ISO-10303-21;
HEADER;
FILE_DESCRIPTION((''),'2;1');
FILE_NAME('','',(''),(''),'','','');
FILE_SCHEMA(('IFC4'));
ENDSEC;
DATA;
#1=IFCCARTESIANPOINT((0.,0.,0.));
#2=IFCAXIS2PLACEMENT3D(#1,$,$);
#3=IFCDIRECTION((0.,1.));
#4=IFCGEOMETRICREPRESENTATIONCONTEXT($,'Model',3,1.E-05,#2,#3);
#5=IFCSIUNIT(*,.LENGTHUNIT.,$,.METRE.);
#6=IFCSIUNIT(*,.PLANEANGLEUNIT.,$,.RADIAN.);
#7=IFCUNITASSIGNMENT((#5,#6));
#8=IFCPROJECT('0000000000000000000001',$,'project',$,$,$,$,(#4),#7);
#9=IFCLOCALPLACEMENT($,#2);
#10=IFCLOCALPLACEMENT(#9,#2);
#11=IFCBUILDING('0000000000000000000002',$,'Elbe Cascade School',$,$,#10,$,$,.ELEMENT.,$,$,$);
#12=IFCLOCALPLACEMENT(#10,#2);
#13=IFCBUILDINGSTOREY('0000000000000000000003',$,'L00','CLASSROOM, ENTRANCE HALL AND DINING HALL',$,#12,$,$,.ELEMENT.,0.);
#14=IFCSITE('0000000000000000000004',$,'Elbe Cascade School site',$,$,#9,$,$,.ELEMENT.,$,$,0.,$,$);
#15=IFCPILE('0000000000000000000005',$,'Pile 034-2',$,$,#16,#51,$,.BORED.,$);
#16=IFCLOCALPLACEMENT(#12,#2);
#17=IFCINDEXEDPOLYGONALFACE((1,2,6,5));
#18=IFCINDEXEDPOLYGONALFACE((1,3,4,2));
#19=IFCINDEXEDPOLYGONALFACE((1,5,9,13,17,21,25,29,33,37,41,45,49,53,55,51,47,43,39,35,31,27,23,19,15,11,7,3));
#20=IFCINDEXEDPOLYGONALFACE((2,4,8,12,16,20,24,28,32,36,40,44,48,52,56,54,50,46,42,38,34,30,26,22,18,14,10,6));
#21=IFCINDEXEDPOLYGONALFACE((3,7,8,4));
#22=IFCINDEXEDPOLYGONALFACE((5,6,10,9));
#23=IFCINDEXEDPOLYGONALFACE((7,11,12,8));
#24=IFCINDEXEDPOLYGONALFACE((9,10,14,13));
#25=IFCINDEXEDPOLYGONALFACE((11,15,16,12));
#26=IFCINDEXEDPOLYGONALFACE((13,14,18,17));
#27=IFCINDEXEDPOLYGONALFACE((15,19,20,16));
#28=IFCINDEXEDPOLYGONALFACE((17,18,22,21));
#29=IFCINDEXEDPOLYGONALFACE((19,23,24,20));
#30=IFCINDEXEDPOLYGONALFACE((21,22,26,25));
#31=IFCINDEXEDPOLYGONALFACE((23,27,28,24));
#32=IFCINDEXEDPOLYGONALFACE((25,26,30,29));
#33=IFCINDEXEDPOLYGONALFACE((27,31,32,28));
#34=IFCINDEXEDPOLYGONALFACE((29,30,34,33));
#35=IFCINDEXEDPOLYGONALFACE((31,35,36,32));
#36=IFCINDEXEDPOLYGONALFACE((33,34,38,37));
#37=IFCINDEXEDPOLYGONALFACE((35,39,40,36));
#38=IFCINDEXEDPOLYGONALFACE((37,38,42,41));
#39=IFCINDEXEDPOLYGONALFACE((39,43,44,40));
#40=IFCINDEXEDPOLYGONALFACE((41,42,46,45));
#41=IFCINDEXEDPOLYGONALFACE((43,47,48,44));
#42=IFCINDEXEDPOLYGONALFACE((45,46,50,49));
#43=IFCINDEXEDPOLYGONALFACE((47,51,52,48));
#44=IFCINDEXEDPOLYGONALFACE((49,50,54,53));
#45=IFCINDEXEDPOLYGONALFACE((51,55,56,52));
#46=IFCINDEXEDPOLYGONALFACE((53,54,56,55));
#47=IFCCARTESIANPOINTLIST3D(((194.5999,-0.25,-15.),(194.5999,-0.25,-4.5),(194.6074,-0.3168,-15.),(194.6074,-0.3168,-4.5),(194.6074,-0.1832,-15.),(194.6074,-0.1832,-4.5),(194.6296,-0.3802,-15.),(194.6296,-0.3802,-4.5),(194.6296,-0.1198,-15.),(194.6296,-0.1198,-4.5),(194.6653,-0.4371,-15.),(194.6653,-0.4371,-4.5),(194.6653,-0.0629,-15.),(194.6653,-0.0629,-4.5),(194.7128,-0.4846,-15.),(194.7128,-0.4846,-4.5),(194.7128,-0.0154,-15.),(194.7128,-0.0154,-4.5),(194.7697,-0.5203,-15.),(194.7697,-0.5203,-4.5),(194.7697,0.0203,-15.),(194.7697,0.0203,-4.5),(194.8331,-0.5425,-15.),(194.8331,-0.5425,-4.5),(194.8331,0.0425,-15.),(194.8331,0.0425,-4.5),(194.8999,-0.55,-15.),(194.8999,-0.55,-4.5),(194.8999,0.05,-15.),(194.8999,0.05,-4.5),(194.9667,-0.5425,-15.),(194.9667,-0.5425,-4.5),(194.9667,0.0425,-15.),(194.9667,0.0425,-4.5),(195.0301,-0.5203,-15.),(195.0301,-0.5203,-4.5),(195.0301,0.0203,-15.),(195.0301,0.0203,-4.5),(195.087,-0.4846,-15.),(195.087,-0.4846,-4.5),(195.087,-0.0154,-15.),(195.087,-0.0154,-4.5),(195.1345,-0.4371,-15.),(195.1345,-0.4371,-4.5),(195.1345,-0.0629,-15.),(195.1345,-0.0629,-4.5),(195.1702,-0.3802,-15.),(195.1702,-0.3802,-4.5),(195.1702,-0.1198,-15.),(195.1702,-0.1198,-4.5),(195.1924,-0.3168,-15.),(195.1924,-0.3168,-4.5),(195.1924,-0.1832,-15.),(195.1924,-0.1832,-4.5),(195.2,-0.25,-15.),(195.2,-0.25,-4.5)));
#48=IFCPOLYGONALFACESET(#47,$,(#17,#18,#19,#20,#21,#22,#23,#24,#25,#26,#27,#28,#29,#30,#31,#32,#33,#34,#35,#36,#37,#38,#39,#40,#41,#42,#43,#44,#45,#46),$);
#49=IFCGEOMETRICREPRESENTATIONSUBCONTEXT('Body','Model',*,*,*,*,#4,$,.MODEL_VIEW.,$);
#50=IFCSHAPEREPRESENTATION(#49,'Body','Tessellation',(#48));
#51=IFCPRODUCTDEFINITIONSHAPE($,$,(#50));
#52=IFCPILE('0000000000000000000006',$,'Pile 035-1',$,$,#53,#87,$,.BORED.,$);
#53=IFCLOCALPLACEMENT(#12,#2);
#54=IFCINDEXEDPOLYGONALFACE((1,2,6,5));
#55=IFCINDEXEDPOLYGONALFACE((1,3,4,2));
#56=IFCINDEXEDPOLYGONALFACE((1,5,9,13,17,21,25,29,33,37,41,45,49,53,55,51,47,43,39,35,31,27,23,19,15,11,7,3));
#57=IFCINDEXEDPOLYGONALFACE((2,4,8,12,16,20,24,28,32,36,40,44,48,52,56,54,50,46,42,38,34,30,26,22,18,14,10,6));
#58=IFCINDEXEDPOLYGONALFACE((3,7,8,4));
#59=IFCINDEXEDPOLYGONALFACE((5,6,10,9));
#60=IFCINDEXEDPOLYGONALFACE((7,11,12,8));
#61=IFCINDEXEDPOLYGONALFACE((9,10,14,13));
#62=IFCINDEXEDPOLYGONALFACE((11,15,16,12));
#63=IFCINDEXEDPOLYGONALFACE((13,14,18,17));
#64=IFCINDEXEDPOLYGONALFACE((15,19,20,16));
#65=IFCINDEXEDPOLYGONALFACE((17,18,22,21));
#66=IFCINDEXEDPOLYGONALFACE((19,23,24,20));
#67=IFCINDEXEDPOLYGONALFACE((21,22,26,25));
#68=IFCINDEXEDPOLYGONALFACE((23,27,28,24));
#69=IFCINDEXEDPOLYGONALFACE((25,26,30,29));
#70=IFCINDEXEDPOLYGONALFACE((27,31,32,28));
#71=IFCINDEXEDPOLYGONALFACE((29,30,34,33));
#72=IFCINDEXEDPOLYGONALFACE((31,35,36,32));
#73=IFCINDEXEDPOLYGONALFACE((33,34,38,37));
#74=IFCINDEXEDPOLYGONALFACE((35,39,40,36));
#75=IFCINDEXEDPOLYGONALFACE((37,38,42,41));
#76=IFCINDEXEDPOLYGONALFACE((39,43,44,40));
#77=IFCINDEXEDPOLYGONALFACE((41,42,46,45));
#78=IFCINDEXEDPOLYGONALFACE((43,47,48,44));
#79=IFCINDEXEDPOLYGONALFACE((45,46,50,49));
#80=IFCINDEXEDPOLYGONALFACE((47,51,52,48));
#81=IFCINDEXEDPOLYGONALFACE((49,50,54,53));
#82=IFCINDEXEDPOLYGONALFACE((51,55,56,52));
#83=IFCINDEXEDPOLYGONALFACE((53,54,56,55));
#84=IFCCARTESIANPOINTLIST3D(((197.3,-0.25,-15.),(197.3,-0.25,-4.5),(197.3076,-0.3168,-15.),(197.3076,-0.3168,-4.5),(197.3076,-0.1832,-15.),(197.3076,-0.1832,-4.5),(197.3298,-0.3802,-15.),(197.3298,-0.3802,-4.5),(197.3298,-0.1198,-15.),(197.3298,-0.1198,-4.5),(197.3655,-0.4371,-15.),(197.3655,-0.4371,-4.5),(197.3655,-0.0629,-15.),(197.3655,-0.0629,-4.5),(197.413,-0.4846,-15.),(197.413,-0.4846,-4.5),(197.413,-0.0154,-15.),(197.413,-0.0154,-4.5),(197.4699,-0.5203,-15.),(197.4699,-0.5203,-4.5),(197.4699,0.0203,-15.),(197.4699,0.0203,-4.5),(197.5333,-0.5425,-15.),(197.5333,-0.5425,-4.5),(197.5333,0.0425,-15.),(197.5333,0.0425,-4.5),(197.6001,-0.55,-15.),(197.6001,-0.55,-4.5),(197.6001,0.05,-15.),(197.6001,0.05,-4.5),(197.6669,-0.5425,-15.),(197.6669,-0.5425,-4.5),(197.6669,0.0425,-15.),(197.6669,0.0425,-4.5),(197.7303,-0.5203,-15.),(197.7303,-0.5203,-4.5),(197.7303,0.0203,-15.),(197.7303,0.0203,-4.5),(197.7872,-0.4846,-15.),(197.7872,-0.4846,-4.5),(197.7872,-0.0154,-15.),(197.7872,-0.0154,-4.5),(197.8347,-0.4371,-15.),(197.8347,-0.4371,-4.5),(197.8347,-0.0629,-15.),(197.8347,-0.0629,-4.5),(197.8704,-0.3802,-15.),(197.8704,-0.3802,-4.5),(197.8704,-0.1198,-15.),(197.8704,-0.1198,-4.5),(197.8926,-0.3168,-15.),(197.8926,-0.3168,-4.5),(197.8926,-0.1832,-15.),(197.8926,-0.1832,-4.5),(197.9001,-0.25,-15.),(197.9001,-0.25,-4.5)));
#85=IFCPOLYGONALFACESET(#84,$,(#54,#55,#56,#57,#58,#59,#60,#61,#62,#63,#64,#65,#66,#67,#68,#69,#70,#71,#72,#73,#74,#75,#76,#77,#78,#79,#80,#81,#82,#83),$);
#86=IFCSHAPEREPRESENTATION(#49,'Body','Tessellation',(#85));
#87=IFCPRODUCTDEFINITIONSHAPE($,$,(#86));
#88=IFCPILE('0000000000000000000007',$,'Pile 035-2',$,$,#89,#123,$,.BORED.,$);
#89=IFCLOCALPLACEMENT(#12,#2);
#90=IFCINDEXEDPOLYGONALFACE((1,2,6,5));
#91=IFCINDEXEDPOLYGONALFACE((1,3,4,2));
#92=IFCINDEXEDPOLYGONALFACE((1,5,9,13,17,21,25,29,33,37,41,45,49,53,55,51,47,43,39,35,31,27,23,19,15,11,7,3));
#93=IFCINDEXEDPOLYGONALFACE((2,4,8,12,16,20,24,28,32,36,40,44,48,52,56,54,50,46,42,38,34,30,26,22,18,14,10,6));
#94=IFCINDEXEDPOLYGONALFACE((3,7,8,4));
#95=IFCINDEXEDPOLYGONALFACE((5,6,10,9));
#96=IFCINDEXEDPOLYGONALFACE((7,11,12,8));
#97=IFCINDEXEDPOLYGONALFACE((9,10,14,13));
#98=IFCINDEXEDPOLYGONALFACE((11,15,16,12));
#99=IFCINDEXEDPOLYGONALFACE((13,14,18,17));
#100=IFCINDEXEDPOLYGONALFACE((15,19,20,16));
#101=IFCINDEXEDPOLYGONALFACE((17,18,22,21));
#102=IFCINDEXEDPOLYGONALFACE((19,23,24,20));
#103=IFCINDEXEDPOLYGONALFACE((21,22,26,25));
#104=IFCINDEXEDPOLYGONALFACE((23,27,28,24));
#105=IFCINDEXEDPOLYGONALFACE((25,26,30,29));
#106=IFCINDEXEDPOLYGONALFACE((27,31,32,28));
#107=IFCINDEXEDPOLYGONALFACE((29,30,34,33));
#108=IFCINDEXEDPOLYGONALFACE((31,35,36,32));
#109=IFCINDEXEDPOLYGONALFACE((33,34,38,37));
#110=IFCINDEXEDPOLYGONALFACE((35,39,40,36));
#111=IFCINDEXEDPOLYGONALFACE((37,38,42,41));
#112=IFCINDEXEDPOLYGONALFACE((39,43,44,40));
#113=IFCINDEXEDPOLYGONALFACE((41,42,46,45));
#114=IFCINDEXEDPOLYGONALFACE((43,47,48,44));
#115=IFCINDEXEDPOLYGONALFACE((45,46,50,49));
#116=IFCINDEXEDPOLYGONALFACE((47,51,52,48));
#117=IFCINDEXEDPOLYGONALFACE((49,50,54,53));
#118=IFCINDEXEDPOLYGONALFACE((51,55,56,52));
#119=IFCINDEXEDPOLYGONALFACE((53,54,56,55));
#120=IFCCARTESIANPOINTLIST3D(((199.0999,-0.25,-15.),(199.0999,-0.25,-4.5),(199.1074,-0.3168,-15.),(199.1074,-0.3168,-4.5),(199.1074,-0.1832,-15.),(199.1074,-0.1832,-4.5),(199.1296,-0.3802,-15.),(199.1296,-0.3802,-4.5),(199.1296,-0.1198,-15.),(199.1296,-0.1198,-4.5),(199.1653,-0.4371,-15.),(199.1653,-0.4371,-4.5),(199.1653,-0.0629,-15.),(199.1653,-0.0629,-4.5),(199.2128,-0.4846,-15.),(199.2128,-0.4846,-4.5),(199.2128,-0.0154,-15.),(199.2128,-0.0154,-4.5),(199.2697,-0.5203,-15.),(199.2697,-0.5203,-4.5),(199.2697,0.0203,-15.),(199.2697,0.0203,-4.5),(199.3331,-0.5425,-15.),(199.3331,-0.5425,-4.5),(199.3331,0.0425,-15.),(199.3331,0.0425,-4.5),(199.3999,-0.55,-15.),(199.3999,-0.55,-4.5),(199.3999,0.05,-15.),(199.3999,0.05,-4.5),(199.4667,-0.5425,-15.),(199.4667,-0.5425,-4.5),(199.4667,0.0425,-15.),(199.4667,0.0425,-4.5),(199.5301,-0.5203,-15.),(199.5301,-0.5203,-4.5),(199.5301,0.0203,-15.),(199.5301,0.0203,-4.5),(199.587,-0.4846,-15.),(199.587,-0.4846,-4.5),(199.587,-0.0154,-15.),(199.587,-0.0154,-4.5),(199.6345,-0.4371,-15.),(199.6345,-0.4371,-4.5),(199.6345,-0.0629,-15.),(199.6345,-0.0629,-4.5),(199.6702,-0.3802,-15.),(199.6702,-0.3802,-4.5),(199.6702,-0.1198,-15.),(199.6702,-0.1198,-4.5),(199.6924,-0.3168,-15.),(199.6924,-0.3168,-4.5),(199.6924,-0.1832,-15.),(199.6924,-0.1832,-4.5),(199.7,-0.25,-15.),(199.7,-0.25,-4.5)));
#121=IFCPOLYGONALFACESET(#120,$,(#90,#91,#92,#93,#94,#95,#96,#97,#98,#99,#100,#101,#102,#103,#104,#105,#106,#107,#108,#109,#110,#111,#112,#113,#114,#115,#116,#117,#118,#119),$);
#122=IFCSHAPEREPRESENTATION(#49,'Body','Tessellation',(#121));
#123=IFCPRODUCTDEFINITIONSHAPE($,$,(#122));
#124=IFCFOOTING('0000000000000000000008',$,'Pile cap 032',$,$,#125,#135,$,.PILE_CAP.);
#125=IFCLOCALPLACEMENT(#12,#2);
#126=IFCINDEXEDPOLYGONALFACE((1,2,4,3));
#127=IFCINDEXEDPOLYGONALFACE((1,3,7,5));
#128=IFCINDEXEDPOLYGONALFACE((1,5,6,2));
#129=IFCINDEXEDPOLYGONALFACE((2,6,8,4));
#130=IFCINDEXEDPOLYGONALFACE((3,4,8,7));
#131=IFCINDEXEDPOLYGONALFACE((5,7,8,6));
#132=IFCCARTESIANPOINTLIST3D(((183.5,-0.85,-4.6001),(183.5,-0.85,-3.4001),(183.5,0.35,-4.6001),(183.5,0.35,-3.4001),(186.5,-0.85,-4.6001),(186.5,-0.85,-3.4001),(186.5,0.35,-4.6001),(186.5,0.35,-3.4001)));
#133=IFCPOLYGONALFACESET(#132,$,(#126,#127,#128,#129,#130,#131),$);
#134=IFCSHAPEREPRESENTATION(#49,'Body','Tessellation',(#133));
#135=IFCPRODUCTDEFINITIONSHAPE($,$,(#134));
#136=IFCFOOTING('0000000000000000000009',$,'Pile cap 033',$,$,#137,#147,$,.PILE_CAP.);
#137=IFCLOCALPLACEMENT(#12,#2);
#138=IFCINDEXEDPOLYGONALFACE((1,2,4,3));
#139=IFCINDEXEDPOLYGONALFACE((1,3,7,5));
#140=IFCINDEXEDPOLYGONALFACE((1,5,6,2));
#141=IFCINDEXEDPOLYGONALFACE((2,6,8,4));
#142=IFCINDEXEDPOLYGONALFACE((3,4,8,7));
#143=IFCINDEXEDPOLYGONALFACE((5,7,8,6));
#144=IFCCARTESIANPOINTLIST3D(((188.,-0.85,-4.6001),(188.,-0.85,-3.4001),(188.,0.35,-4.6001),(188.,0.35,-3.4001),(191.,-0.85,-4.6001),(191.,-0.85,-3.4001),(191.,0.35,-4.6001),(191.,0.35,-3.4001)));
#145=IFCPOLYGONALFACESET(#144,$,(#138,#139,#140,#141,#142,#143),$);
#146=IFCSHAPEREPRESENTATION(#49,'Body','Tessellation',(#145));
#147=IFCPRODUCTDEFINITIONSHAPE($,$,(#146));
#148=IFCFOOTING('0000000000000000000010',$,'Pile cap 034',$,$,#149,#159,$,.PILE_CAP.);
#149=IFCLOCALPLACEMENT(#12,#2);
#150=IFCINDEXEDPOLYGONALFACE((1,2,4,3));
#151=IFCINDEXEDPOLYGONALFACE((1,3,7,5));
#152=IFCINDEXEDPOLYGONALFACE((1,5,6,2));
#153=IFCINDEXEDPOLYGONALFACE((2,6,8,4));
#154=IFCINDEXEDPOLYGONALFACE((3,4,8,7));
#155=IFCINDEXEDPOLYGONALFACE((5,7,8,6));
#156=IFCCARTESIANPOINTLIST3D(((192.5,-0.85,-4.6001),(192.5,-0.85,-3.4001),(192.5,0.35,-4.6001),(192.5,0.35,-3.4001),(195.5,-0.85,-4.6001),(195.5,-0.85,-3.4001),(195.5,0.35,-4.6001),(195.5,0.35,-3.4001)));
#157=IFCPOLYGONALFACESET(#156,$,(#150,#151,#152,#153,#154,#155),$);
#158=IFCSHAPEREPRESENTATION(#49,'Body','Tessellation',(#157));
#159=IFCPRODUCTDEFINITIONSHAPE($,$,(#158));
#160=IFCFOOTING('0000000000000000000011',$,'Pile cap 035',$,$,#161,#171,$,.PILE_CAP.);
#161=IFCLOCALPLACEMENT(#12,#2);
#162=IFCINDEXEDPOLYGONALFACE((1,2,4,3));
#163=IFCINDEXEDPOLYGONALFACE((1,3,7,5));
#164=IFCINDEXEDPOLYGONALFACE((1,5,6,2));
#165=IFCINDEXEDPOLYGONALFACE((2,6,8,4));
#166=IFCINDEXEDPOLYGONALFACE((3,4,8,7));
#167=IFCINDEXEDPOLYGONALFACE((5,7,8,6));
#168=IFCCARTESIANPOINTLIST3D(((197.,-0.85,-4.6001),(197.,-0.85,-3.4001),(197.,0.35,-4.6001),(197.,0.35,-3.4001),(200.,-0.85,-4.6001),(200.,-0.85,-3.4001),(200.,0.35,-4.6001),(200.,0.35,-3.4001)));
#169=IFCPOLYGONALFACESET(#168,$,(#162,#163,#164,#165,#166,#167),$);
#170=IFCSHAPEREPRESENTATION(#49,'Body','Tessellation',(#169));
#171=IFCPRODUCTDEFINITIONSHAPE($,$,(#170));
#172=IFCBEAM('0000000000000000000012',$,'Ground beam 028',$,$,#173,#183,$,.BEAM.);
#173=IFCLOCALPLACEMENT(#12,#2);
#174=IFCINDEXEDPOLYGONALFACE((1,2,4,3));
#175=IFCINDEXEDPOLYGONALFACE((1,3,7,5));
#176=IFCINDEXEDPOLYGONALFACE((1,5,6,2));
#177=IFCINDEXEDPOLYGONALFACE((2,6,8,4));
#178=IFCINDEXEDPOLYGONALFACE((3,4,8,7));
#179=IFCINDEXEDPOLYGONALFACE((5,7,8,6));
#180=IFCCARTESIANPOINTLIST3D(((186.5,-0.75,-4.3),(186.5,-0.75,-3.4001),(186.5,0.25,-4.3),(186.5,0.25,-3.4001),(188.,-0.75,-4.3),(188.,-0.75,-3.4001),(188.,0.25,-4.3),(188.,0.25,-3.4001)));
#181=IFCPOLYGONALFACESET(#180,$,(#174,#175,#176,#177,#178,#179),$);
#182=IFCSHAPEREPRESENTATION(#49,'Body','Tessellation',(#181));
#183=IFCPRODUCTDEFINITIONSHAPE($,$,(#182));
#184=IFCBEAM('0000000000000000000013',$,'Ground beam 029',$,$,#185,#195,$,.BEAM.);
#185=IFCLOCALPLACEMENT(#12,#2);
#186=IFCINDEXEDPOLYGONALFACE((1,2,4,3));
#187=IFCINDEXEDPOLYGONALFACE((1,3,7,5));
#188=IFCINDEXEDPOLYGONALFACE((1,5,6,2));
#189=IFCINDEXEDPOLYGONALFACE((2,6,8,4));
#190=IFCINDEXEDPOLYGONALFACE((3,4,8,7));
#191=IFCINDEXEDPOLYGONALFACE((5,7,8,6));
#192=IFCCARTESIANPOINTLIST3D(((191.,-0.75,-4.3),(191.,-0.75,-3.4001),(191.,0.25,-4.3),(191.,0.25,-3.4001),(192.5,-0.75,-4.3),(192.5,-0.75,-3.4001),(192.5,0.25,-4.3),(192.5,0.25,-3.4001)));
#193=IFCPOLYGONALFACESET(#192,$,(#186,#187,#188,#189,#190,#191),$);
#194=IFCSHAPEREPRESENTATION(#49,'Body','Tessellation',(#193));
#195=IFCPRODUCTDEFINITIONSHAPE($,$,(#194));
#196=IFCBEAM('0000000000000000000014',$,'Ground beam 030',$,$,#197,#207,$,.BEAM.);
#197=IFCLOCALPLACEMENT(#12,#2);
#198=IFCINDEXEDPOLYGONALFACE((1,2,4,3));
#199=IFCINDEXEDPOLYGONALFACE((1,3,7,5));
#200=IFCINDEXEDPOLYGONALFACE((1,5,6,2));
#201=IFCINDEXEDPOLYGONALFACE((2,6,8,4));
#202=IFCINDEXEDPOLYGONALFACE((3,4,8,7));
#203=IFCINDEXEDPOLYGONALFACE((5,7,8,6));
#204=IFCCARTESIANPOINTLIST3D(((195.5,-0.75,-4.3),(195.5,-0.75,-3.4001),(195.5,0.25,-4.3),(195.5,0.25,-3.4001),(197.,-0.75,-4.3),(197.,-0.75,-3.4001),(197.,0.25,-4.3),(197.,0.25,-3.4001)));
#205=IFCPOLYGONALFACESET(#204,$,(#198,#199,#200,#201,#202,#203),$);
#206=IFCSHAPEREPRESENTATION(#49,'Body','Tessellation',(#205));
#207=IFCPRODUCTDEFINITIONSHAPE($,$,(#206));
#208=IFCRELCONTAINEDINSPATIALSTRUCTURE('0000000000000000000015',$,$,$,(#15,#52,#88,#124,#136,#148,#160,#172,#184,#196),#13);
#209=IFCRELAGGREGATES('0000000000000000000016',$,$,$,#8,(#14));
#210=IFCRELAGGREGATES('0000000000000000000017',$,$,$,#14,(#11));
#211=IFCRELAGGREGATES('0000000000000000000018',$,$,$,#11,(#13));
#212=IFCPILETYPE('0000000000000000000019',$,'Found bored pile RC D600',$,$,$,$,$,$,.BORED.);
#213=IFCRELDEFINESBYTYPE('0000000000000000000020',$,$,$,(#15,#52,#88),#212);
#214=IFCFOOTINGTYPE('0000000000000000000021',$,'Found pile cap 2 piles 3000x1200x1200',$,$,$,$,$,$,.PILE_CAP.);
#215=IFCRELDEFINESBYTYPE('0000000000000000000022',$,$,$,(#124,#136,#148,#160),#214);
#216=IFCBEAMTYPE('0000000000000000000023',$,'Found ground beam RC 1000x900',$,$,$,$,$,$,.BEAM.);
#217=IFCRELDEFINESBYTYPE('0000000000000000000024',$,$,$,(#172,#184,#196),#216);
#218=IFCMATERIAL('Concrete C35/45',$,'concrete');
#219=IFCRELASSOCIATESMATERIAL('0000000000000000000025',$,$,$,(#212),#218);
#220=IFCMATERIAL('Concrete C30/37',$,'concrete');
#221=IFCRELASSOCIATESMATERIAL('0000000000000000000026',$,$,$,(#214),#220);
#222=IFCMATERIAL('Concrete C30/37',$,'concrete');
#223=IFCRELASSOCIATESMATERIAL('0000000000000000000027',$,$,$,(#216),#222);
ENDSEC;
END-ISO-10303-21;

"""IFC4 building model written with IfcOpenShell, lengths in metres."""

from ifc_helpers import new_model, si_unit, direction, frame, origin, origin_2d, place, context, subcontext, project, spatial, rectangle, circle, extrude, material, material_profile, profile_set, type_object, element, save


model = new_model("IFC4")

# Units and contexts
model_context = context("Model", 3, precision=1e-05, world=origin(), true_north=direction((0.0, 1.0)))
body_context = subcontext(model_context, "Body", "Model", "MODEL_VIEW")
ifc_project = project(units=[si_unit("LENGTHUNIT", "METRE"), si_unit("PLANEANGLEUNIT", "RADIAN")], contexts=[model_context])

# Site, building, storey
site_placement = place(None, origin())
site = spatial("IfcSite", under=ifc_project, at=site_placement, Name="Elbe Cascade School site", CompositionType="ELEMENT", RefElevation=0.0)
building_placement = place(site_placement, origin())
building = spatial("IfcBuilding", under=site, at=building_placement, Name="Elbe Cascade School", CompositionType="ELEMENT")
storey_placement = place(building_placement, origin())
storey = spatial("IfcBuildingStorey", under=building, at=storey_placement, Name="L00", Description="CLASSROOM, ENTRANCE HALL AND DINING HALL", CompositionType="ELEMENT", Elevation=0.0)

# Piles
ifc_material_1 = material(Name="Concrete C35/45", Category="concrete")
ifc_material_profile_1 = material_profile(ifc_material_1, circle(Radius=0.3, at=origin_2d()), Name="RC D600")
ifc_profile_set_1 = profile_set([ifc_material_profile_1], Name="Concrete C35/45")
pile_type = type_object("IfcPileType", Name="Found bored pile RC D600", PredefinedType="BORED", material=ifc_profile_set_1)
for number, where, z_axis, x_axis, name in (
    (1, (194.8999, -0.25, -4.5), (0.0, 0.0, -1.0), (1.0, 0.0, 0.0), "Pile 034-2"),
    (2, (197.6001, -0.25, -4.5), (0.0, 0.0, -1.0), (1.0, 0.0, 0.0), "Pile 035-1"),
    (3, (199.3999, -0.25, -4.5), (0.0, 0.0, -1.0), (1.0, 0.0, 0.0), "Pile 035-2"),
):
    element("IfcPile", number, at=place(storey_placement, frame(where, z_axis=z_axis, x_axis=x_axis)), inside=storey, type_object=pile_type, Name=name, PredefinedType="BORED", context=body_context, shape_type="SweptSolid", body=[
        extrude(circle(Radius=0.3, at=origin_2d()), origin(), (0.0, 0.0, 1.0), 10.5),
    ])

# Footings
ifc_material_2 = material(Name="Concrete C30/37", Category="concrete")
footing_type = type_object("IfcFootingType", Name="Found pile cap 2 piles 3000x1200x1200", PredefinedType="PILE_CAP", material=ifc_material_2)
for number, where, z_axis, x_axis, name in (
    (4, (185.0, -0.25, -4.6001), (0.0, 0.0, 1.0), (1.0, 0.0, 0.0), "Pile cap 032"),
    (5, (189.5, -0.25, -4.6001), (0.0, 0.0, 1.0), (1.0, 0.0, 0.0), "Pile cap 033"),
    (6, (194.0, -0.25, -4.6001), (0.0, 0.0, 1.0), (1.0, 0.0, 0.0), "Pile cap 034"),
    (7, (198.5, -0.25, -4.6001), (0.0, 0.0, 1.0), (1.0, 0.0, 0.0), "Pile cap 035"),
):
    element("IfcFooting", number, at=place(storey_placement, frame(where, z_axis=z_axis, x_axis=x_axis)), inside=storey, type_object=footing_type, Name=name, PredefinedType="PILE_CAP", context=body_context, shape_type="SweptSolid", body=[
        extrude(rectangle(XDim=3.0, YDim=1.2, at=origin_2d()), origin(), (0.0, 0.0, 1.0), 1.2),
    ])

# Beams
ifc_material_3 = material(Name="Concrete C30/37", Category="concrete")
ifc_material_profile_2 = material_profile(ifc_material_3, rectangle(XDim=1.0, YDim=0.8999, at=origin_2d()), Name="RC 1000x900")
ifc_profile_set_2 = profile_set([ifc_material_profile_2], Name="Concrete C30/37")
beam_type = type_object("IfcBeamType", Name="Found ground beam RC 1000x900", PredefinedType="BEAM", material=ifc_profile_set_2)
for number, where, z_axis, x_axis, name in (
    (8, (186.5, -0.25, -3.8501), (1.0, 0.0, 0.0), (0.0, 1.0, 0.0), "Ground beam 028"),
    (9, (191.0, -0.25, -3.8501), (1.0, 0.0, 0.0), (0.0, 1.0, 0.0), "Ground beam 029"),
    (10, (195.5, -0.25, -3.8501), (1.0, 0.0, 0.0), (0.0, 1.0, 0.0), "Ground beam 030"),
):
    element("IfcBeam", number, at=place(storey_placement, frame(where, z_axis=z_axis, x_axis=x_axis)), inside=storey, type_object=beam_type, Name=name, PredefinedType="BEAM", context=body_context, shape_type="SweptSolid", body=[
        extrude(rectangle(XDim=1.0, YDim=0.8999, at=origin_2d()), origin(), (0.0, 0.0, 1.0), 1.5),
    ])

save(model, "model.ifc")
